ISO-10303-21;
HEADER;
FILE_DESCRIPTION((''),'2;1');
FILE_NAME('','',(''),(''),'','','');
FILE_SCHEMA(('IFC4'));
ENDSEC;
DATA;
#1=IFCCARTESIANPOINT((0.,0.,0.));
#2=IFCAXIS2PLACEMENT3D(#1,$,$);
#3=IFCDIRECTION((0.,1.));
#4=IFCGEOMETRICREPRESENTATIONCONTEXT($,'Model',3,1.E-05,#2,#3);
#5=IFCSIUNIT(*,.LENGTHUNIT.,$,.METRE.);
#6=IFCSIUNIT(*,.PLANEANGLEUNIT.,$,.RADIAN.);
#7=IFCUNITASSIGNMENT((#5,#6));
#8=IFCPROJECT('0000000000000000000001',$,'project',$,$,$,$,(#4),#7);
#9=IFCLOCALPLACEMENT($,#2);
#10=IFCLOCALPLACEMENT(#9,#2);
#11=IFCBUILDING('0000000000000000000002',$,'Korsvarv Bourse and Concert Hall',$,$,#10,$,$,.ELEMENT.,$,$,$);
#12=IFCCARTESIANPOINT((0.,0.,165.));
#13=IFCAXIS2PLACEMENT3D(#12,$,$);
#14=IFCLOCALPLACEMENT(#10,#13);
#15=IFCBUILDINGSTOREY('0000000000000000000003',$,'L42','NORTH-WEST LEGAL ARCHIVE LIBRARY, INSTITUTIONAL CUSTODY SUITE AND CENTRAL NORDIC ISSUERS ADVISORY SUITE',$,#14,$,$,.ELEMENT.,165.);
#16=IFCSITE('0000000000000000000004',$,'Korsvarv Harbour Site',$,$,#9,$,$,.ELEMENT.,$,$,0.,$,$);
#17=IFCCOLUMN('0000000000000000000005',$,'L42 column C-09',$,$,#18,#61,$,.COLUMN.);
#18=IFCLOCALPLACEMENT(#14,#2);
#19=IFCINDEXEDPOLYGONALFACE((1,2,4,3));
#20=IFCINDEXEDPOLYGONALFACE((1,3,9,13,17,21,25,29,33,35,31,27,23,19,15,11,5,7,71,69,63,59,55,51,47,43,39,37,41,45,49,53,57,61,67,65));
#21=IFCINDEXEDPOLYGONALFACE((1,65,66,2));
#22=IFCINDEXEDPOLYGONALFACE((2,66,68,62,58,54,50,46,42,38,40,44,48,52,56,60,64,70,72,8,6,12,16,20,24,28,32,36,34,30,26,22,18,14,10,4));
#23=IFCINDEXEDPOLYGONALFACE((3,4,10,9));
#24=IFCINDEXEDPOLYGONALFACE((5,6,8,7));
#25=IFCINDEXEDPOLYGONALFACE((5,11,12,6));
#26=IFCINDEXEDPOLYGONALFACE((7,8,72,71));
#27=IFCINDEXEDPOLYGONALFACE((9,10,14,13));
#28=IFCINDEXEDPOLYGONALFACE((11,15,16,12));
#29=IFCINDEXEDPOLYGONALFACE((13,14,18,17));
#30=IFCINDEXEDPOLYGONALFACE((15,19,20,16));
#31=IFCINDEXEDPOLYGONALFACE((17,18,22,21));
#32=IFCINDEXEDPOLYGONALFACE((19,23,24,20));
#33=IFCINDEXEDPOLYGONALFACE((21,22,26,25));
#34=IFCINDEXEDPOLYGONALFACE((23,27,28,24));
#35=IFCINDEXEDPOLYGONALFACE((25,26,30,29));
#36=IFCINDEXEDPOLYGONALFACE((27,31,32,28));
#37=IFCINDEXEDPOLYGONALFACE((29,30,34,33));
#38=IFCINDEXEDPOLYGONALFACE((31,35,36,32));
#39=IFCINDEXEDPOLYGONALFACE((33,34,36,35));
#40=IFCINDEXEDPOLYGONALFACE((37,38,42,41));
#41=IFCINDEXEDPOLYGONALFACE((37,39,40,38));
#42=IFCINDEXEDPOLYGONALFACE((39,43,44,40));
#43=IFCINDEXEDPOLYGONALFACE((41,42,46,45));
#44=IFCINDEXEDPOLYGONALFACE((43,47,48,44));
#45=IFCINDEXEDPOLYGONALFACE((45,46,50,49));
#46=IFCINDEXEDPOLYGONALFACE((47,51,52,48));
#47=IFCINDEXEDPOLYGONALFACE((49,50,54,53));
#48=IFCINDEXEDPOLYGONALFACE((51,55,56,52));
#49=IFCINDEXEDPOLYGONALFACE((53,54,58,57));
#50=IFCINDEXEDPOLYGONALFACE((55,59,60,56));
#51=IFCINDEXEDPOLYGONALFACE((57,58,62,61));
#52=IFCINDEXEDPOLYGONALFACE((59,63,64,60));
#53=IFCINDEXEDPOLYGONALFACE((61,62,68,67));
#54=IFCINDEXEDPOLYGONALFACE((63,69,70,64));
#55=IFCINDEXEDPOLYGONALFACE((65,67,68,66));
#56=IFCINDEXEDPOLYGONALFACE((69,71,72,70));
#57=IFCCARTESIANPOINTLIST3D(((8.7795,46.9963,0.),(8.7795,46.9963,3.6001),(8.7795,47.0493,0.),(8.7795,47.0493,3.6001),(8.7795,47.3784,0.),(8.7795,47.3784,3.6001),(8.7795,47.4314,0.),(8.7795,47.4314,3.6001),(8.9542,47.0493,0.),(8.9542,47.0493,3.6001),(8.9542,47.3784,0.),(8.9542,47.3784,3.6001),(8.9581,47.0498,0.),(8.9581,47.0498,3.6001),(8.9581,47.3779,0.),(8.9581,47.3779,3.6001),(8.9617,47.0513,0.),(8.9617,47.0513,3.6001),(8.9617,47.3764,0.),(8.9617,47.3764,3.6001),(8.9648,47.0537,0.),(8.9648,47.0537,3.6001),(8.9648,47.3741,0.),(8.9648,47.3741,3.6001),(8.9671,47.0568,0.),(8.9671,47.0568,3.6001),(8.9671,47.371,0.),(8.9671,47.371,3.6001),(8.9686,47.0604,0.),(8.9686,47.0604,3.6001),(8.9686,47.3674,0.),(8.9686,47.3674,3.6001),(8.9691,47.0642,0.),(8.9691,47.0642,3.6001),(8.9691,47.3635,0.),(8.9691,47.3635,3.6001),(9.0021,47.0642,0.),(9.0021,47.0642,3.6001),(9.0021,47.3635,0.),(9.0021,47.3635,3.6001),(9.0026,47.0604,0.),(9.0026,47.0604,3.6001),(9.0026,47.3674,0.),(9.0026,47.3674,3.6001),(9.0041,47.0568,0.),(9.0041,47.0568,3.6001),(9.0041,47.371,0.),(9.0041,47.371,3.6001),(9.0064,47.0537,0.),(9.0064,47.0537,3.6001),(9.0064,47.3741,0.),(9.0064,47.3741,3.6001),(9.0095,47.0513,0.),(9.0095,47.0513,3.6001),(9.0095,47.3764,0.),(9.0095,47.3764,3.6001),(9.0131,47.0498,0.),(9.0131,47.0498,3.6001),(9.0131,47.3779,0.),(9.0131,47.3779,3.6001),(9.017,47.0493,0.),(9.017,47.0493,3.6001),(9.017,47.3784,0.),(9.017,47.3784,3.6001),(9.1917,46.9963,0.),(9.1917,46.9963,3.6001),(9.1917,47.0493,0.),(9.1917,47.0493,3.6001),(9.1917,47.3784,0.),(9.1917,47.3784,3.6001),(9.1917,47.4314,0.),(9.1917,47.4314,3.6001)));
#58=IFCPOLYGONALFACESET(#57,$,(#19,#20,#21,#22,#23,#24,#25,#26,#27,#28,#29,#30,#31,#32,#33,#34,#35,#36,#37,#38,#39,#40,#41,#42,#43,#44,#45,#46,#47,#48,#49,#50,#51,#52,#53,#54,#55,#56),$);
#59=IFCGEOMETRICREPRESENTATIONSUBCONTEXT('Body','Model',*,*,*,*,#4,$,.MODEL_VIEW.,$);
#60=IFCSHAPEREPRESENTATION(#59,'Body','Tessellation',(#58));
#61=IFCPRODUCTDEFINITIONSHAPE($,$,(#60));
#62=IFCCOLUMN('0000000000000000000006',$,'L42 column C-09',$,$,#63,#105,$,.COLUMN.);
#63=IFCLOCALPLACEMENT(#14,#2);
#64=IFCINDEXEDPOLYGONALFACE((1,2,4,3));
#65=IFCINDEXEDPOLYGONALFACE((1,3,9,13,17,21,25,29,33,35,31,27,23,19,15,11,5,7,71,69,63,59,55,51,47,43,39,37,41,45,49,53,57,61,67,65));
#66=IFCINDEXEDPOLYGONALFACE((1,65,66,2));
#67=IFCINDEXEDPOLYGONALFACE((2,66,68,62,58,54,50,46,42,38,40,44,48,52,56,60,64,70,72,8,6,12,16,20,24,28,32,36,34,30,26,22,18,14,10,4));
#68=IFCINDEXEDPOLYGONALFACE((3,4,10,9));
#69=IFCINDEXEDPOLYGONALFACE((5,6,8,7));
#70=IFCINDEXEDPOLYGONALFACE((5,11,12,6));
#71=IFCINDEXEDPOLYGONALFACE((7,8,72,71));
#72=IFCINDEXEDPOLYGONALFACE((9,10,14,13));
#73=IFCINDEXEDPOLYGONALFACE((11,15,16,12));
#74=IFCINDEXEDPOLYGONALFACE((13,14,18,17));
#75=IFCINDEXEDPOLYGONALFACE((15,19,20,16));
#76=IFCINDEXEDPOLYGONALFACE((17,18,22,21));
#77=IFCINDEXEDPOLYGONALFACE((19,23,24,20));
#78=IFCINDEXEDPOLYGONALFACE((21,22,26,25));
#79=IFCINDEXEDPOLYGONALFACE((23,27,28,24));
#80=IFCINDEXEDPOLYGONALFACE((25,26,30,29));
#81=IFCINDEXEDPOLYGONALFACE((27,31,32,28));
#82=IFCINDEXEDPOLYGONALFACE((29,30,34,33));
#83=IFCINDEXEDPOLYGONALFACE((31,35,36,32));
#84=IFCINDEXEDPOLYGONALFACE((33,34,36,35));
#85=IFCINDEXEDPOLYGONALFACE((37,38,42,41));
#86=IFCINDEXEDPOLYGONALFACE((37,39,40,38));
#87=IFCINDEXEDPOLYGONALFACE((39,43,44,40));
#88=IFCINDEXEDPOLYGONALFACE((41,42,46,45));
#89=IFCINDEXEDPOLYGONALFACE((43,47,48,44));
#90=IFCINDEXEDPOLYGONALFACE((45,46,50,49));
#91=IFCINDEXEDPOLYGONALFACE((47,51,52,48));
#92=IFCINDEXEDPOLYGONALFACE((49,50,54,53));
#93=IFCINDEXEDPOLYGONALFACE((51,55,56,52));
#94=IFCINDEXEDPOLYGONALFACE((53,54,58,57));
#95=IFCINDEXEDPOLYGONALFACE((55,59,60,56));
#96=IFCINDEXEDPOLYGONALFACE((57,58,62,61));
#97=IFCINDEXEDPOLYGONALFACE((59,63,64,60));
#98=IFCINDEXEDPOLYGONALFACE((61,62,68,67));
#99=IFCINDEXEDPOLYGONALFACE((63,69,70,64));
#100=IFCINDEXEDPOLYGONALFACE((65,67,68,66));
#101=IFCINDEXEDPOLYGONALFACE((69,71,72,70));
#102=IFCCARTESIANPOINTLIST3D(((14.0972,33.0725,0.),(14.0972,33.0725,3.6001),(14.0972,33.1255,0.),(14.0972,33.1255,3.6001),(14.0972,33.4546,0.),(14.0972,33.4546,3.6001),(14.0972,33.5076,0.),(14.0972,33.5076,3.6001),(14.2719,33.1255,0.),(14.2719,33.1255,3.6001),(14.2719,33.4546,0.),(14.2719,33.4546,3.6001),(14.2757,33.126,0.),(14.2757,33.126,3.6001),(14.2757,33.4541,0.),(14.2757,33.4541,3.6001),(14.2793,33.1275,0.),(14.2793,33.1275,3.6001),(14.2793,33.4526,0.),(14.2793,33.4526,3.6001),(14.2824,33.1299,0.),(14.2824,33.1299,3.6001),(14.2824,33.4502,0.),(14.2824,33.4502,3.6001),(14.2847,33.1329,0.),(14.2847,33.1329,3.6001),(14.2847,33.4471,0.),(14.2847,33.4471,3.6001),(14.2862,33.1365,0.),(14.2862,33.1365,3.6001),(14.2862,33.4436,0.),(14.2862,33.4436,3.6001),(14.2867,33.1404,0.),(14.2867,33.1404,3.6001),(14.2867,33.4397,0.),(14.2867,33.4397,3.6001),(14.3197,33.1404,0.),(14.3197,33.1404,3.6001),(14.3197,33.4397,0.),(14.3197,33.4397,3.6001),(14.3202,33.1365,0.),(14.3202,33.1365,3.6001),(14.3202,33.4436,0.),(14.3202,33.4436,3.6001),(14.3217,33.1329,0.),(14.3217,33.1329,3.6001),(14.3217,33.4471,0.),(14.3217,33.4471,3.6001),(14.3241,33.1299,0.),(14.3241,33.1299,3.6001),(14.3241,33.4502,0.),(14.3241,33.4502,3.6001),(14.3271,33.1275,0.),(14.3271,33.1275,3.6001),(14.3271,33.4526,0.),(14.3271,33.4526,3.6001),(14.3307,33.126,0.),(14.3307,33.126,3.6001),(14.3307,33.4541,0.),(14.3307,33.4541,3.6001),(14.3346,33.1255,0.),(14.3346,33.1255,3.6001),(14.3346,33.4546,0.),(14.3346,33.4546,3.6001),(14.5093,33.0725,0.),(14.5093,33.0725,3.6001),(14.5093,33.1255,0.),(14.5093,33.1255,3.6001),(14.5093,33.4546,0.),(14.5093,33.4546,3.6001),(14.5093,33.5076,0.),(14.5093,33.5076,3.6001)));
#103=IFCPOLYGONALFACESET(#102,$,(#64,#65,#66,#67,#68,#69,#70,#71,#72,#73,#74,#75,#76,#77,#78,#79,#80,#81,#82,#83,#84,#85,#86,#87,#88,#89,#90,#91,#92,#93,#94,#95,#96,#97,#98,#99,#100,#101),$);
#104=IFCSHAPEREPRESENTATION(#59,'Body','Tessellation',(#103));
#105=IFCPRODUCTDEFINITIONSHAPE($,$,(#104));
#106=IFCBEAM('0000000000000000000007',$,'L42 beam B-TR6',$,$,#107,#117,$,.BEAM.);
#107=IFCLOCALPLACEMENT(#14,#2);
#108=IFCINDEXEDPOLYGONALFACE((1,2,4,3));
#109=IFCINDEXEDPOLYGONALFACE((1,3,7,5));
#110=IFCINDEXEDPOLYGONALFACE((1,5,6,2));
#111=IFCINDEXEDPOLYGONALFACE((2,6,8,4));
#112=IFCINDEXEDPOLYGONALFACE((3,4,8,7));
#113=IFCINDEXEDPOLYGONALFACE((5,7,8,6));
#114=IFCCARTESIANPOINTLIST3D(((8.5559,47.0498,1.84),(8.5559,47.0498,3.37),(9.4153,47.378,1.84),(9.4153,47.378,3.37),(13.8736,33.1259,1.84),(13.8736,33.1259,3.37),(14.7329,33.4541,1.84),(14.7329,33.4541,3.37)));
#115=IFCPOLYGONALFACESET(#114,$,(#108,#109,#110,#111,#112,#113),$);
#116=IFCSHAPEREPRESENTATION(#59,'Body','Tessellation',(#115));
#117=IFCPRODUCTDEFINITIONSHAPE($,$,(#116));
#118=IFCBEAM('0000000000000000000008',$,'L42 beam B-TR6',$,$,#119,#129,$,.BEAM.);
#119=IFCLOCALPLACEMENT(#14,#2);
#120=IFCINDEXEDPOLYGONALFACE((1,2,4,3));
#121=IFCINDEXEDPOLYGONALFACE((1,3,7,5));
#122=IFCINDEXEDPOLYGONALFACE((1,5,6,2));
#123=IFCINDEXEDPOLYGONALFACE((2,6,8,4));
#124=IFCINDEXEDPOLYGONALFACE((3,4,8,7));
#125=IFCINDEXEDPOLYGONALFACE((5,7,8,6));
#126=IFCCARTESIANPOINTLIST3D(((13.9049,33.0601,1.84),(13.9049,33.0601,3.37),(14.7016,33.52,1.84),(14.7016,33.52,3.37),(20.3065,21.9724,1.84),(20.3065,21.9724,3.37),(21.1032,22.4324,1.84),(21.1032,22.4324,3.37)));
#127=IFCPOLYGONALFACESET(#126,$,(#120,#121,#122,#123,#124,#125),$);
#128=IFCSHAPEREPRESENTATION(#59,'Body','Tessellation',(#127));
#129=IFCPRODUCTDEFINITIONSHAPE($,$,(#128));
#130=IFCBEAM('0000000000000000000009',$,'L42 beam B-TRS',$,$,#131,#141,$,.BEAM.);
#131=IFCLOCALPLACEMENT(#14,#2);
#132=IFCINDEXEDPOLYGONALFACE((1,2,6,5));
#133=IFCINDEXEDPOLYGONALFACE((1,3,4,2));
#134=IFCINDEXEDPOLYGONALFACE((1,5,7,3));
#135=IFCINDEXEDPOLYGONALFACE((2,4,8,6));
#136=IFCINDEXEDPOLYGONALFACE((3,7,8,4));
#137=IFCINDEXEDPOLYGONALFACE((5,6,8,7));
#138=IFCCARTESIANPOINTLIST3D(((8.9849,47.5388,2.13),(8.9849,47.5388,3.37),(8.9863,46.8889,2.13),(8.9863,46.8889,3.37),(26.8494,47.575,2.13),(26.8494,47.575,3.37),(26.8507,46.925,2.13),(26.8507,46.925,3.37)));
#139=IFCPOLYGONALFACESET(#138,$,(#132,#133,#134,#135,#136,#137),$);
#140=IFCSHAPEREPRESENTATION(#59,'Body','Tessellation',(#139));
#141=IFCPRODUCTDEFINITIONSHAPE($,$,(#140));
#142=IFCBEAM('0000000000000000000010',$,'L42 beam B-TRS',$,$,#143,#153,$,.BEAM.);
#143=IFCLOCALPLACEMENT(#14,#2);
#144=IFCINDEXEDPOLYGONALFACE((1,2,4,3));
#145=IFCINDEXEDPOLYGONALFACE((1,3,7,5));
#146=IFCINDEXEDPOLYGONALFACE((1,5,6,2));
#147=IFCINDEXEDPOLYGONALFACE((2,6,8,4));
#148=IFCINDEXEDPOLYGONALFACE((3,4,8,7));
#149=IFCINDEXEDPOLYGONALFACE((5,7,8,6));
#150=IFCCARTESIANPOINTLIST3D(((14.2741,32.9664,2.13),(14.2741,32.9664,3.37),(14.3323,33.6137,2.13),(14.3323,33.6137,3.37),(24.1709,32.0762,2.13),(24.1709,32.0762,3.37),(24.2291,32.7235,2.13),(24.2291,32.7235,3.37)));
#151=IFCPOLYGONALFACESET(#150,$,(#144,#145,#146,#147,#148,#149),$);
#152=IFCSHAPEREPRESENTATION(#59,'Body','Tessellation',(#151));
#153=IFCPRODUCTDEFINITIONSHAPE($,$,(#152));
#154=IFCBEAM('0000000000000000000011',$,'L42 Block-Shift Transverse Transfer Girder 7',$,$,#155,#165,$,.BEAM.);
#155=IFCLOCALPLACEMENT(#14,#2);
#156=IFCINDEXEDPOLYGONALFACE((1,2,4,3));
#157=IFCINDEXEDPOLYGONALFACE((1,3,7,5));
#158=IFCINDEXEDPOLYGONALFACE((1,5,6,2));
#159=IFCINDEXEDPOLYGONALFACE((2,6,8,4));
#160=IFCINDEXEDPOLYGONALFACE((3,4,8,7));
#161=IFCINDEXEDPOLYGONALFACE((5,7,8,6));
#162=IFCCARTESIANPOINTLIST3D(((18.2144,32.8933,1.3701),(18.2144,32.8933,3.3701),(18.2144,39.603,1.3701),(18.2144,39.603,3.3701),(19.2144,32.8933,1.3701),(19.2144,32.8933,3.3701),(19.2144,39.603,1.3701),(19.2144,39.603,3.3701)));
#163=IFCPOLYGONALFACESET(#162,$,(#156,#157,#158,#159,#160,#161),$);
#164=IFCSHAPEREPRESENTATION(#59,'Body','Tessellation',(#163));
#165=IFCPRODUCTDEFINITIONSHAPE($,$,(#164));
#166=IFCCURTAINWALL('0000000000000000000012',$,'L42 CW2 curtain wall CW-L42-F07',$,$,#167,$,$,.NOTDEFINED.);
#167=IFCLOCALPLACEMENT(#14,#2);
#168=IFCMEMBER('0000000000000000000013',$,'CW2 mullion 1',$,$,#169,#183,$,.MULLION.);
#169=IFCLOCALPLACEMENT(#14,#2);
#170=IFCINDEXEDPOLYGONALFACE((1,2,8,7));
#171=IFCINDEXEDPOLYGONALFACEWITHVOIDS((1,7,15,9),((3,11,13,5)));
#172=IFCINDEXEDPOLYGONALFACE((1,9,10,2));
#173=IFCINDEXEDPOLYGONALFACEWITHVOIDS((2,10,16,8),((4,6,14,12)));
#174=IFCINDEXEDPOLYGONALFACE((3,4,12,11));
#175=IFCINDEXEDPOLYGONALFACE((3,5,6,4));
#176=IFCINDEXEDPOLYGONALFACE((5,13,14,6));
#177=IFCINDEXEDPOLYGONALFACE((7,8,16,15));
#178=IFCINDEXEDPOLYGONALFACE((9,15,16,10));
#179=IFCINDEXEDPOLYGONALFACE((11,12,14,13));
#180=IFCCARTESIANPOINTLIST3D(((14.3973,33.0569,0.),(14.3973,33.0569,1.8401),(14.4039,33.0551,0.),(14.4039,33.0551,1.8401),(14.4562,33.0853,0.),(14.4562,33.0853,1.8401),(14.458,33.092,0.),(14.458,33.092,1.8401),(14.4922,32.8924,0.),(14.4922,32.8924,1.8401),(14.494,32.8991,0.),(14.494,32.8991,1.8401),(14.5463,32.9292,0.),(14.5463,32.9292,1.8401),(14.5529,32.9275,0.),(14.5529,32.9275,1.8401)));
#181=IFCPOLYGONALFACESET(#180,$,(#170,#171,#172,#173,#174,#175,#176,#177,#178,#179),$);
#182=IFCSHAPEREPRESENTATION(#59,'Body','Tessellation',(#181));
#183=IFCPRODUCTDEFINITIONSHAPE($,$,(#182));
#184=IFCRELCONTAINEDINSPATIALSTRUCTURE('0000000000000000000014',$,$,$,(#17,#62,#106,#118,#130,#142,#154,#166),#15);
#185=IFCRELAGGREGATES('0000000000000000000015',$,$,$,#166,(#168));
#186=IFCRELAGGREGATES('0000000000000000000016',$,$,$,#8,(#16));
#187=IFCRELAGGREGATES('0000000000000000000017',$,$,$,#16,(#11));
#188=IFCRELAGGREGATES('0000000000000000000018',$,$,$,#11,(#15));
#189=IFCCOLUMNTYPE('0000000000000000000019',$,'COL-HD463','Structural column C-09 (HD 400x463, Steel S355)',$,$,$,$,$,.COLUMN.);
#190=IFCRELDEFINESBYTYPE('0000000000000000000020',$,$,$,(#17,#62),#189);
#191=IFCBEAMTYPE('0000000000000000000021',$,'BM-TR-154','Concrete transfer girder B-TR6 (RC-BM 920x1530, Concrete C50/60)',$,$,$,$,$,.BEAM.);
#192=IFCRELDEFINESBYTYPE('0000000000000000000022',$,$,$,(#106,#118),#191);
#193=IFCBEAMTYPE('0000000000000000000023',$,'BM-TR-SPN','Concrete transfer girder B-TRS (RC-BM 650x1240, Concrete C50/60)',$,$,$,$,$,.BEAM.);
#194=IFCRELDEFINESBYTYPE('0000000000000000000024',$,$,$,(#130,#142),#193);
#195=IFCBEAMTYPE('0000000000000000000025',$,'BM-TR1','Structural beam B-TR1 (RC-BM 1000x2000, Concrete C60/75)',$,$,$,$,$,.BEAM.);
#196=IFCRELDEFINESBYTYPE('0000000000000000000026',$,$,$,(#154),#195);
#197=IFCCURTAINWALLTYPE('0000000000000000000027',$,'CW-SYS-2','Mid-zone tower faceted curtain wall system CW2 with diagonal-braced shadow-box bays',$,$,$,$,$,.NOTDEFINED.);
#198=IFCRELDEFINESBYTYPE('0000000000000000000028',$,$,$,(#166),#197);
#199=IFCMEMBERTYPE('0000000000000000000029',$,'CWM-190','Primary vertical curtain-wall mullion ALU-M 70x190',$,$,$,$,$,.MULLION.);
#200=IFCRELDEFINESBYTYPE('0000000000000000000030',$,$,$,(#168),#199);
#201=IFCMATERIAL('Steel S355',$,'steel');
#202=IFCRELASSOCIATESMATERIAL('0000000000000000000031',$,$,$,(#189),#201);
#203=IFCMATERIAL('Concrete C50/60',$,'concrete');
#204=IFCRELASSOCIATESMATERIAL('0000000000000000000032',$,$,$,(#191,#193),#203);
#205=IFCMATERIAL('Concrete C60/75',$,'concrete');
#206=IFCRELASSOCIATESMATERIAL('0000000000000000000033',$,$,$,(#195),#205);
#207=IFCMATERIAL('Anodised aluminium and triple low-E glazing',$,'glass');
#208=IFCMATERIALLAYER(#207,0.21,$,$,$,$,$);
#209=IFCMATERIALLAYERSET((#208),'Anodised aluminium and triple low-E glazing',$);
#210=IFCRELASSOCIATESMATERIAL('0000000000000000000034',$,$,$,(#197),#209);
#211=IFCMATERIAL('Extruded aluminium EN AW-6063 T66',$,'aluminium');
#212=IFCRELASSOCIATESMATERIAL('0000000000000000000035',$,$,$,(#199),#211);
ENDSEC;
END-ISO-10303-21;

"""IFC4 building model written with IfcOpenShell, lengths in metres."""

from ifc_helpers import new_model, si_unit, direction, frame, origin, origin_2d, place, context, subcontext, project, spatial, rectangle, hollow_rectangle, i_section, extrude, source, transform, mapped, material, layer, layer_set, material_profile, profile_set, type_object, element, aggregate, save


model = new_model("IFC4")

# Units and contexts
model_context = context("Model", 3, precision=1e-05, world=origin(), true_north=direction((0.0, 1.0)))
body_context = subcontext(model_context, "Body", "Model", "MODEL_VIEW")
ifc_project = project(units=[si_unit("LENGTHUNIT", "METRE"), si_unit("PLANEANGLEUNIT", "RADIAN")], contexts=[model_context])

# Site, building, storey
site_placement = place(None, origin())
site = spatial("IfcSite", under=ifc_project, at=site_placement, Name="Korsvarv Harbour Site", CompositionType="ELEMENT", RefElevation=0.0)
building_placement = place(site_placement, origin())
building = spatial("IfcBuilding", under=site, at=building_placement, Name="Korsvarv Bourse and Concert Hall", CompositionType="ELEMENT")
storey_placement = place(building_placement, frame((0.0, 0.0, 165.0)))
storey = spatial("IfcBuildingStorey", under=building, at=storey_placement, Name="L42", Description="NORTH-WEST LEGAL ARCHIVE LIBRARY, INSTITUTIONAL CUSTODY SUITE AND CENTRAL NORDIC ISSUERS ADVISORY SUITE", CompositionType="ELEMENT", Elevation=165.0)

# Columns
ifc_material_1 = material(Name="Steel S355", Category="steel")
ifc_material_profile_1 = material_profile(ifc_material_1, i_section(OverallWidth=0.4121, OverallDepth=0.4351, WebThickness=0.033, FlangeThickness=0.053, FilletRadius=0.0149, at=origin_2d()), Name="HD 400x463")
ifc_profile_set_1 = profile_set([ifc_material_profile_1], Name="Steel S355")
column_type = type_object("IfcColumnType", Name="COL-HD463", Description="Structural column C-09 (HD 400x463, Steel S355)", PredefinedType="COLUMN", material=ifc_profile_set_1)
shared_shape_1 = source(origin(), body_context, "Body", "SweptSolid", [
    extrude(i_section(OverallWidth=0.4121, OverallDepth=0.4351, WebThickness=0.033, FlangeThickness=0.053, FilletRadius=0.0149, at=origin_2d()), origin(), (0.0, 0.0, 1.0), 3.6001),
])
for number, where, z_axis, x_axis, name in (
    (1, (8.9856, 47.2139, 0.0), (0.0, 0.0, 1.0), (1.0, 0.0, 0.0), "L42 column C-09"),
    (2, (14.3032, 33.29, 0.0), (0.0, 0.0, 1.0), (1.0, 0.0, 0.0), "L42 column C-09"),
):
    element("IfcColumn", number, at=place(storey_placement, frame(where, z_axis=z_axis, x_axis=x_axis)), inside=storey, type_object=column_type, Name=name, PredefinedType="COLUMN", context=body_context, shape_type="MappedRepresentation", body=[
        mapped(shared_shape_1, transform((0.0, 0.0, 0.0), scale=1.0)),
    ])

# Beams
ifc_material_2 = material(Name="Concrete C50/60", Category="concrete")
ifc_material_profile_2 = material_profile(ifc_material_2, rectangle(XDim=0.9199, YDim=1.53, at=origin_2d()), Name="RC-BM 920x1530")
ifc_profile_set_2 = profile_set([ifc_material_profile_2], Name="Concrete C50/60")
beam_type_1 = type_object("IfcBeamType", Name="BM-TR-154", Description="Concrete transfer girder B-TR6 (RC-BM 920x1530, Concrete C50/60)", PredefinedType="BEAM", material=ifc_profile_set_2)
shared_shape_2 = source(origin(), body_context, "Body", "SweptSolid", [
    extrude(rectangle(XDim=0.9199, YDim=1.53, at=origin_2d()), origin(), (0.0, 0.0, 1.0), 14.9048),
])
beam_1_placement = place(storey_placement, frame((8.9856, 47.2139, 2.605), z_axis=(0.356775, -0.93419, 0.0), x_axis=(0.93419, 0.356775, 0.0)))
element("IfcBeam", 3, at=beam_1_placement, inside=storey, type_object=beam_type_1, Name="L42 beam B-TR6", PredefinedType="BEAM", context=body_context, shape_type="MappedRepresentation", body=[
    mapped(shared_shape_2, transform((0.0, 0.0, 0.0), scale=1.0)),
])
shared_shape_3 = source(origin(), body_context, "Body", "SweptSolid", [
    extrude(rectangle(XDim=0.9199, YDim=1.53, at=origin_2d()), origin(), (0.0, 0.0, 1.0), 12.803),
])
beam_2_placement = place(storey_placement, frame((14.3032, 33.29, 2.605), z_axis=(0.500009, -0.86602, 0.0), x_axis=(0.86602, 0.500009, 0.0)))
element("IfcBeam", 4, at=beam_2_placement, inside=storey, type_object=beam_type_1, Name="L42 beam B-TR6", PredefinedType="BEAM", context=body_context, shape_type="MappedRepresentation", body=[
    mapped(shared_shape_3, transform((0.0, 0.0, 0.0), scale=1.0)),
])
ifc_material_profile_3 = material_profile(ifc_material_2, rectangle(XDim=0.6499, YDim=1.24, at=origin_2d()), Name="RC-BM 650x1240")
ifc_profile_set_3 = profile_set([ifc_material_profile_3], Name="Concrete C50/60")
beam_type_2 = type_object("IfcBeamType", Name="BM-TR-SPN", Description="Concrete transfer girder B-TRS (RC-BM 650x1240, Concrete C50/60)", PredefinedType="BEAM", material=ifc_profile_set_3)
shared_shape_4 = source(origin(), body_context, "Body", "SweptSolid", [
    extrude(rectangle(XDim=0.6499, YDim=1.24, at=origin_2d()), origin(), (0.0, 0.0, 1.0), 17.8645),
])
beam_3_placement = place(storey_placement, frame((8.9856, 47.2139, 2.75), z_axis=(0.999998, 0.002023, 0.0), x_axis=(-0.002023, 0.999998, 0.0)))
element("IfcBeam", 5, at=beam_3_placement, inside=storey, type_object=beam_type_2, Name="L42 beam B-TRS", PredefinedType="BEAM", context=body_context, shape_type="MappedRepresentation", body=[
    mapped(shared_shape_4, transform((0.0, 0.0, 0.0), scale=1.0)),
])
shared_shape_5 = source(origin(), body_context, "Body", "SweptSolid", [
    extrude(rectangle(XDim=0.6499, YDim=1.24, at=origin_2d()), origin(), (0.0, 0.0, 1.0), 9.9368),
])
beam_4_placement = place(storey_placement, frame((14.3032, 33.29, 2.75), z_axis=(0.99598, -0.089581, 0.0), x_axis=(0.089581, 0.99598, 0.0)))
element("IfcBeam", 6, at=beam_4_placement, inside=storey, type_object=beam_type_2, Name="L42 beam B-TRS", PredefinedType="BEAM", context=body_context, shape_type="MappedRepresentation", body=[
    mapped(shared_shape_5, transform((0.0, 0.0, 0.0), scale=1.0)),
])
ifc_material_3 = material(Name="Concrete C60/75", Category="concrete")
ifc_material_profile_4 = material_profile(ifc_material_3, rectangle(XDim=1.0, YDim=2.0, at=origin_2d()), Name="RC-BM 1000x2000")
ifc_profile_set_4 = profile_set([ifc_material_profile_4], Name="Concrete C60/75")
beam_type_3 = type_object("IfcBeamType", Name="BM-TR1", Description="Structural beam B-TR1 (RC-BM 1000x2000, Concrete C60/75)", PredefinedType="BEAM", material=ifc_profile_set_4)
shared_shape_6 = source(origin(), body_context, "Body", "SweptSolid", [
    extrude(rectangle(XDim=1.0, YDim=2.0, at=origin_2d()), origin(), (0.0, 0.0, 1.0), 6.7097),
])
beam_5_placement = place(storey_placement, frame((18.7144, 32.8933, 2.3701), z_axis=(0.0, 1.0, 0.0), x_axis=(-1.0, 0.0, 0.0)))
element("IfcBeam", 7, at=beam_5_placement, inside=storey, type_object=beam_type_3, Name="L42 Block-Shift Transverse Transfer Girder 7", PredefinedType="BEAM", context=body_context, shape_type="MappedRepresentation", body=[
    mapped(shared_shape_6, transform((0.0, 0.0, 0.0), scale=1.0)),
])

# Curtain wall, member
ifc_material_4 = material(Name="Anodised aluminium and triple low-E glazing", Category="glass")
ifc_layer_1 = layer(ifc_material_4, 0.21)
ifc_layer_set_1 = layer_set([ifc_layer_1], Name="Anodised aluminium and triple low-E glazing")
curtain_wall_type = type_object("IfcCurtainWallType", Name="CW-SYS-2", Description="Mid-zone tower faceted curtain wall system CW2 with diagonal-braced shadow-box bays", PredefinedType="NOTDEFINED", material=ifc_layer_set_1)
curtain_wall_placement = place(storey_placement, origin())
curtain_wall = element("IfcCurtainWall", 8, at=curtain_wall_placement, inside=storey, type_object=curtain_wall_type, Name="L42 CW2 curtain wall CW-L42-F07", PredefinedType="NOTDEFINED")
ifc_material_5 = material(Name="Extruded aluminium EN AW-6063 T66", Category="aluminium")
ifc_material_profile_5 = material_profile(ifc_material_5, hollow_rectangle(XDim=0.0701, YDim=0.1899, WallThickness=0.0049, at=origin_2d()), Name="ALU-M 70x190")
ifc_profile_set_5 = profile_set([ifc_material_profile_5], Name="Extruded aluminium EN AW-6063 T66")
member_type_1 = type_object("IfcMemberType", Name="CWM-190", Description="Primary vertical curtain-wall mullion ALU-M 70x190", PredefinedType="MULLION", material=ifc_profile_set_5)
shared_shape_7 = source(origin(), body_context, "Body", "SweptSolid", [
    extrude(hollow_rectangle(XDim=0.0701, YDim=0.1899, WallThickness=0.0049, at=origin_2d()), origin(), (0.0, 0.0, 1.0), 1.8401),
])
member_1_placement = place(storey_placement, frame((14.4751, 32.9922, 0.0), z_axis=(0.0, 0.0, 1.0), x_axis=(0.866024, 0.500002, 0.0)))
member_1 = element("IfcMember", 9, at=member_1_placement, type_object=member_type_1, Name="CW2 mullion 1", PredefinedType="MULLION", context=body_context, shape_type="MappedRepresentation", body=[
    mapped(shared_shape_7, transform((0.0, 0.0, 0.0), scale=1.0)),
])

aggregate(curtain_wall, [member_1])

save(model, "model.ifc")
